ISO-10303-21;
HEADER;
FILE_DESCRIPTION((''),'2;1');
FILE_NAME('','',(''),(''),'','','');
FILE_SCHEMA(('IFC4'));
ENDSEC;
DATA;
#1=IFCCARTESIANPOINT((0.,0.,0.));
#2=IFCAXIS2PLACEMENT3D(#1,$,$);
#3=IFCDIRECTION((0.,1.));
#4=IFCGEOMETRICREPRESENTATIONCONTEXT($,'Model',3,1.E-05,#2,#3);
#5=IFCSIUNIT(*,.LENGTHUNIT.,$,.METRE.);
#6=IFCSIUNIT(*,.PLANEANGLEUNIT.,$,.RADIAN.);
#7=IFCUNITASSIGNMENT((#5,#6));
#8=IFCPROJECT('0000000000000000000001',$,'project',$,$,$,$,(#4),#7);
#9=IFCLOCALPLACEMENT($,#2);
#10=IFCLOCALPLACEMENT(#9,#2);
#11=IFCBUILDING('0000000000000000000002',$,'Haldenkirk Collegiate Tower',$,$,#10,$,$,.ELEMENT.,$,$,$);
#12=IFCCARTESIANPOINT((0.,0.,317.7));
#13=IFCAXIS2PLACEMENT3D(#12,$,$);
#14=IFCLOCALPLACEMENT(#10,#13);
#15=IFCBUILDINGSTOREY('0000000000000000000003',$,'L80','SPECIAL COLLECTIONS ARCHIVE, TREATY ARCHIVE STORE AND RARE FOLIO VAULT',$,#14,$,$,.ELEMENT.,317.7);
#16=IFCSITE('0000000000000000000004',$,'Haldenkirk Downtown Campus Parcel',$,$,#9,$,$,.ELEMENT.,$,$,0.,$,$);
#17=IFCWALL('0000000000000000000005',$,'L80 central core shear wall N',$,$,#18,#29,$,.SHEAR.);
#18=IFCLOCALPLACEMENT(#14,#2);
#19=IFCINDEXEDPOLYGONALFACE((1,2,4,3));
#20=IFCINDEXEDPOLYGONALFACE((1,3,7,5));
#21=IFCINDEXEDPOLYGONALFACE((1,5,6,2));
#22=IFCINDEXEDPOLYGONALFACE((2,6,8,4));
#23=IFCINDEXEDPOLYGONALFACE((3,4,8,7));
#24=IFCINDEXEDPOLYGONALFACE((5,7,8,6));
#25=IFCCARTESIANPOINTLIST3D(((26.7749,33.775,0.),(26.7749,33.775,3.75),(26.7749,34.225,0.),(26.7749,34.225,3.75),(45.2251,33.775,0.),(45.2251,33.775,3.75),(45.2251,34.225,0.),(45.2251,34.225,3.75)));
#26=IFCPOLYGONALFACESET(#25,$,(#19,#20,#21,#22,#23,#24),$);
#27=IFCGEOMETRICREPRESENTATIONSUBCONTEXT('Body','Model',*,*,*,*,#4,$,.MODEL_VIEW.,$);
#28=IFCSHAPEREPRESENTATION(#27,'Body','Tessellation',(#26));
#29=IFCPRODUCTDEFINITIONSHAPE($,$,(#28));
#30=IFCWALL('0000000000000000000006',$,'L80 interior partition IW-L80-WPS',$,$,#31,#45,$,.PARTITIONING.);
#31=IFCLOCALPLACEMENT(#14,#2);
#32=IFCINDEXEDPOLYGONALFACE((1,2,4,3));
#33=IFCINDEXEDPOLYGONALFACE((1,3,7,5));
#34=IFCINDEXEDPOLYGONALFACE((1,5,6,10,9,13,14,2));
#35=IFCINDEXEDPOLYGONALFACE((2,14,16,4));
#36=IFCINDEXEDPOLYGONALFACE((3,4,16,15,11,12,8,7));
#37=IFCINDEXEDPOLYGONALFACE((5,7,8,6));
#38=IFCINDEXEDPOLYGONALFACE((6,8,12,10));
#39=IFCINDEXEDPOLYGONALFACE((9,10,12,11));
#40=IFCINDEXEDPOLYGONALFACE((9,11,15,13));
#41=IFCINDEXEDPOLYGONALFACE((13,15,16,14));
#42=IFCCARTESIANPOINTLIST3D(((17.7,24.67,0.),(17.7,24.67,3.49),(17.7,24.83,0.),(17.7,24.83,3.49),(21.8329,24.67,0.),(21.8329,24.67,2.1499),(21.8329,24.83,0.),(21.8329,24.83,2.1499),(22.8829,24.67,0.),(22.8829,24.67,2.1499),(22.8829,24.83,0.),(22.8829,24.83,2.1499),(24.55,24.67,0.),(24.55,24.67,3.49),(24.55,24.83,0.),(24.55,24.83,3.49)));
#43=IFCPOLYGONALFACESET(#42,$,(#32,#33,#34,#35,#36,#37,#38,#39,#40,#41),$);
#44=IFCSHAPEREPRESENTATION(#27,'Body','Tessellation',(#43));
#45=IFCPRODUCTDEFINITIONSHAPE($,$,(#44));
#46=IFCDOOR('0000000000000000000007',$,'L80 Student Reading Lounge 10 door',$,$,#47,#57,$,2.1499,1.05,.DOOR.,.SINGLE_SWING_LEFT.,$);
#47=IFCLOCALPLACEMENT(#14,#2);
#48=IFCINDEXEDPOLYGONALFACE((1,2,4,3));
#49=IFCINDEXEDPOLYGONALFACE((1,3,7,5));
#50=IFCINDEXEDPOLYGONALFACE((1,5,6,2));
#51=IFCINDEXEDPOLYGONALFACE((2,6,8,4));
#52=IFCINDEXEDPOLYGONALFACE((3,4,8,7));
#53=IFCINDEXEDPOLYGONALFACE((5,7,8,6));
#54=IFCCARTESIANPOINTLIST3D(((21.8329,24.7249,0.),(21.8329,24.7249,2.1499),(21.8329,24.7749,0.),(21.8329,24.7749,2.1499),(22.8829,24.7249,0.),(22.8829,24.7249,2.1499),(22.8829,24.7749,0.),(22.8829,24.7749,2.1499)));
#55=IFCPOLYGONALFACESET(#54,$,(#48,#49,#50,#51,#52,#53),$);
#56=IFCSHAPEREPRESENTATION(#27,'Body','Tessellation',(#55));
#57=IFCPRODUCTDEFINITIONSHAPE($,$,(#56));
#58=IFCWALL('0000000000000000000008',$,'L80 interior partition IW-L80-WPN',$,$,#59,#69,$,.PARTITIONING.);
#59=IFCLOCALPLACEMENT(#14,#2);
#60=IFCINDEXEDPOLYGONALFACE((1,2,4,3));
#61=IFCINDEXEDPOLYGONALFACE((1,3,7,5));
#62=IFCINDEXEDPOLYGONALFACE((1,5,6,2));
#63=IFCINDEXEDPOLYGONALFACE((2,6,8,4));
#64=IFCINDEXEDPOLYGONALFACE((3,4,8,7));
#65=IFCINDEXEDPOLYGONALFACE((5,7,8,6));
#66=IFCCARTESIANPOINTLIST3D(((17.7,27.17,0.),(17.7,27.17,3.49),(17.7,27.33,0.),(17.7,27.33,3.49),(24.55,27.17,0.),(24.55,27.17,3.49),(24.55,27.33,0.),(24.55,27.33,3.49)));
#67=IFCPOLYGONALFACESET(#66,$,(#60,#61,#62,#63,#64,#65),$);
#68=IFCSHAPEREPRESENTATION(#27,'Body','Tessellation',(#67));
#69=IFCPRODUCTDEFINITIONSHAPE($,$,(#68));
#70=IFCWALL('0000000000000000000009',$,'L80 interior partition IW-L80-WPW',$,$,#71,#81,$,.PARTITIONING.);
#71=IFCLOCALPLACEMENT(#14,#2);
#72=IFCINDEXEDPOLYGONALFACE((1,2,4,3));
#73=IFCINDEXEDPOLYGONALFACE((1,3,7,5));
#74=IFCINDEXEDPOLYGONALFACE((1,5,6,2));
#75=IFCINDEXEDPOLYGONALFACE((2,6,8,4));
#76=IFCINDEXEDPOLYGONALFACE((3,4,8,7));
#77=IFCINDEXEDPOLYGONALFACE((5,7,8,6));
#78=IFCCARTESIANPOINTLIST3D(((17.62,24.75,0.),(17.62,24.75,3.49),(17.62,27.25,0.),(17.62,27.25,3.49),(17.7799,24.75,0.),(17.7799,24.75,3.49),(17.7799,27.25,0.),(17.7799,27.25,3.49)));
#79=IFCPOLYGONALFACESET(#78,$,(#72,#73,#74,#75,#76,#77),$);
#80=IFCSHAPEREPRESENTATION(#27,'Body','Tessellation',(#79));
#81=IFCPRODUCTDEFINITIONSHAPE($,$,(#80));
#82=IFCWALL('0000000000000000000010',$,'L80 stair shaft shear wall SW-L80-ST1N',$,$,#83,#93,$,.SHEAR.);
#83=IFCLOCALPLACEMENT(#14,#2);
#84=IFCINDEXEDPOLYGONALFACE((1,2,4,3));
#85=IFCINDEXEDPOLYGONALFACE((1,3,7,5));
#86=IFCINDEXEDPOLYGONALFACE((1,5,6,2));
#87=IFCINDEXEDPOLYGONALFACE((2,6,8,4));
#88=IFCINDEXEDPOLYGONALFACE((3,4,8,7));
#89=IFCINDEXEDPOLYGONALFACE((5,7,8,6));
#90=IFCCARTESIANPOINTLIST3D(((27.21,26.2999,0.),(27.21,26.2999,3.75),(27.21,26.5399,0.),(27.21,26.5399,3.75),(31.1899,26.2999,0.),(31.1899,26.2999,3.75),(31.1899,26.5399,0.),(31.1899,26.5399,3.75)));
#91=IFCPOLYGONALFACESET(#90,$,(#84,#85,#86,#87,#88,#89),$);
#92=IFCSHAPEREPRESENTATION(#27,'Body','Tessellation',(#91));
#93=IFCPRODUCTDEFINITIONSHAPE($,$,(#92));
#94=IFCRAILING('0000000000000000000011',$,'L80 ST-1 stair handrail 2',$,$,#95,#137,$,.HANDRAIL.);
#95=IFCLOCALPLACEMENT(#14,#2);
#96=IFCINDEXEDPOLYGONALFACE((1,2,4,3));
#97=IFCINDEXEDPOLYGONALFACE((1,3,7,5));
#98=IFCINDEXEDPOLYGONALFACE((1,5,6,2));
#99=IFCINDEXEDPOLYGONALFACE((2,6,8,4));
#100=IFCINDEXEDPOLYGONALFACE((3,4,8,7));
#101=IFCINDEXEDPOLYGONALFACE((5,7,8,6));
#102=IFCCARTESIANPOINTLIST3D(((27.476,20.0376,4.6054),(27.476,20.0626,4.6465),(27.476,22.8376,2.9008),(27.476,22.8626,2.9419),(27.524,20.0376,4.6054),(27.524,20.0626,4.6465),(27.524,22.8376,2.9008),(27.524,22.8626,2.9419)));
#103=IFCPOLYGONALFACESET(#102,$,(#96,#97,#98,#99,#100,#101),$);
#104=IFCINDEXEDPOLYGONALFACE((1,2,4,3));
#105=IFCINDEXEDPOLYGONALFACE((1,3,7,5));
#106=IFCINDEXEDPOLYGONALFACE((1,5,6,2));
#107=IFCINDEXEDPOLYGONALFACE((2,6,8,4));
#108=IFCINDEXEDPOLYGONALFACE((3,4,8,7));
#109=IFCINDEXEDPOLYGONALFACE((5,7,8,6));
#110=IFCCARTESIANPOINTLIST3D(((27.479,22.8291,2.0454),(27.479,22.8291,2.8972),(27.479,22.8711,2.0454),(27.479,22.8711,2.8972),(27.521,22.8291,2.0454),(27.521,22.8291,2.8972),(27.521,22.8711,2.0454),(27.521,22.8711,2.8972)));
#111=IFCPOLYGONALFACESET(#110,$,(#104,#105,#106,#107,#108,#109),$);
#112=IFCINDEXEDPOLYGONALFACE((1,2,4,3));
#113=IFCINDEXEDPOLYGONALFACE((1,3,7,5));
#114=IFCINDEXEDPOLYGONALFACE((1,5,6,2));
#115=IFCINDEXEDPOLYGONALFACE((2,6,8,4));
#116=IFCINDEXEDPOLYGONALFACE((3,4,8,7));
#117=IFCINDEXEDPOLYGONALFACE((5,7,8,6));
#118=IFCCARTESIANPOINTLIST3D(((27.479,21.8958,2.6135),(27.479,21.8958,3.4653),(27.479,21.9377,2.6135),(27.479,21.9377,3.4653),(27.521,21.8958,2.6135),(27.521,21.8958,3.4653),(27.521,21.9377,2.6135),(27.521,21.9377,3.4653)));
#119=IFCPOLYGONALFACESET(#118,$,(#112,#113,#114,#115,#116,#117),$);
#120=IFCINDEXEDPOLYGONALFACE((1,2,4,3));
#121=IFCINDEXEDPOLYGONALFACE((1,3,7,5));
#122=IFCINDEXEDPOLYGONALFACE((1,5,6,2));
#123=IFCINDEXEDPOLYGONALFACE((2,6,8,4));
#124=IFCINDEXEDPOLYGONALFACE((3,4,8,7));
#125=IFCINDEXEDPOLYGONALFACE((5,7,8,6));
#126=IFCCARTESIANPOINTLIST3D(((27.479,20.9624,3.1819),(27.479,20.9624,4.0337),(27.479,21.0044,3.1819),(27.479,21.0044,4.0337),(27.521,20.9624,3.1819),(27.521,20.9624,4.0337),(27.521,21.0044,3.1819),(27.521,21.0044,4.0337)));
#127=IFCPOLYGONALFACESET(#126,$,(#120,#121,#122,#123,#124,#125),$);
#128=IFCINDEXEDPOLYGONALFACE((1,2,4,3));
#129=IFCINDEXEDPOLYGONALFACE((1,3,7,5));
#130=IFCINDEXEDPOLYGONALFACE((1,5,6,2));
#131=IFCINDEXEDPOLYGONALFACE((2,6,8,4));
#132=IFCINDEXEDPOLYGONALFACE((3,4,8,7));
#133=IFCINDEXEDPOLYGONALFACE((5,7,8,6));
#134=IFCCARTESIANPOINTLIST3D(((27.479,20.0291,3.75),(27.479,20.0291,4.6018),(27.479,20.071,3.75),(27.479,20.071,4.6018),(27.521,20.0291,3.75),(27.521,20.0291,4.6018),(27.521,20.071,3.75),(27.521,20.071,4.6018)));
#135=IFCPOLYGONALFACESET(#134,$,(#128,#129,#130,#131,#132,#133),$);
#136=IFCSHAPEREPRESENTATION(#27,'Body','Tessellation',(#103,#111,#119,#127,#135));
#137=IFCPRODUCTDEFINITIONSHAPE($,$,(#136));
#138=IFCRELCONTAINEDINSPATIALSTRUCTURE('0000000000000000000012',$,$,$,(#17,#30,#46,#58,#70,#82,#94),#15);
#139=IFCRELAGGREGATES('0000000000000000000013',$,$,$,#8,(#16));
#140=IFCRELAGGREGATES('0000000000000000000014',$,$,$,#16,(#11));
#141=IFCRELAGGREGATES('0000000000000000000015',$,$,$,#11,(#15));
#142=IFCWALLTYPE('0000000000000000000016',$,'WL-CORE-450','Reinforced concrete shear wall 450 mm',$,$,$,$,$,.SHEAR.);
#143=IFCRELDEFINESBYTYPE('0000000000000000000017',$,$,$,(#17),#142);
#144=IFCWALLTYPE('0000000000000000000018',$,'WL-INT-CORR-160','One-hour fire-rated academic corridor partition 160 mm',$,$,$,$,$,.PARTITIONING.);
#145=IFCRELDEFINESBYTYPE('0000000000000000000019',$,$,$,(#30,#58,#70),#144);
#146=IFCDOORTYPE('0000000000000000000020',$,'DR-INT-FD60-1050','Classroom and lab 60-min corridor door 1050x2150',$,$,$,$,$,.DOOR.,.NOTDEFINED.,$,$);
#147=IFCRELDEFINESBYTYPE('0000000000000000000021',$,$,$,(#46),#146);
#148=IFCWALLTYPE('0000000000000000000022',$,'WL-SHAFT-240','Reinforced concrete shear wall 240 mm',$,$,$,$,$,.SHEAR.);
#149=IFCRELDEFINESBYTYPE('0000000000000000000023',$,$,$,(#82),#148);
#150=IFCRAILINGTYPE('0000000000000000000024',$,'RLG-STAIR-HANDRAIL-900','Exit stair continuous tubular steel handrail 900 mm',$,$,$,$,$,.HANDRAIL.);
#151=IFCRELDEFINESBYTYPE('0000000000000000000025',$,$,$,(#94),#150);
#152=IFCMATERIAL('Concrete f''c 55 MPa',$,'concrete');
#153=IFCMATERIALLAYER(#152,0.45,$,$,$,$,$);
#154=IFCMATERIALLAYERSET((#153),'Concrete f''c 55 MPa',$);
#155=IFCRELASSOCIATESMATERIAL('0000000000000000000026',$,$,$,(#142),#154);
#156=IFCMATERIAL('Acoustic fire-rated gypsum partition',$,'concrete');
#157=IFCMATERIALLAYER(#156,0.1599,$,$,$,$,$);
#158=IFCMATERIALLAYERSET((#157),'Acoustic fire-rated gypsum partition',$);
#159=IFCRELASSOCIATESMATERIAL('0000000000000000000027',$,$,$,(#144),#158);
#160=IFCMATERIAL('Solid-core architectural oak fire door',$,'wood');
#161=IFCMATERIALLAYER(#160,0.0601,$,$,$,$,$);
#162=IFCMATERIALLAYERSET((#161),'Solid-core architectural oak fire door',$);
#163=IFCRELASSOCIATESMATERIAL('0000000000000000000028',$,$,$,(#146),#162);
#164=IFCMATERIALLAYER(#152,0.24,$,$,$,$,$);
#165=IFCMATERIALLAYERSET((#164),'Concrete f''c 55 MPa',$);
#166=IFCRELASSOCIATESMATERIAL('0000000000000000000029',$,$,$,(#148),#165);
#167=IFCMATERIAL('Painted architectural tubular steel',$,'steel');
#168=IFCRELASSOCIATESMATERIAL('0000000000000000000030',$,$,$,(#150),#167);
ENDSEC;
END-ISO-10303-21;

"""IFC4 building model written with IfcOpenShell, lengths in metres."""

from ifc_helpers import new_model, si_unit, direction, frame, frame_2d, origin, origin_2d, place, context, subcontext, project, spatial, rectangle, extrude, material, layer, layer_set, type_object, element, fill, save


model = new_model("IFC4")

# Units and contexts
model_context = context("Model", 3, precision=1e-05, world=origin(), true_north=direction((0.0, 1.0)))
body_context = subcontext(model_context, "Body", "Model", "MODEL_VIEW")
ifc_project = project(units=[si_unit("LENGTHUNIT", "METRE"), si_unit("PLANEANGLEUNIT", "RADIAN")], contexts=[model_context])

# Site, building, storey
site_placement = place(None, origin())
site = spatial("IfcSite", under=ifc_project, at=site_placement, Name="Haldenkirk Downtown Campus Parcel", CompositionType="ELEMENT", RefElevation=0.0)
building_placement = place(site_placement, origin())
building = spatial("IfcBuilding", under=site, at=building_placement, Name="Haldenkirk Collegiate Tower", CompositionType="ELEMENT")
storey_placement = place(building_placement, frame((0.0, 0.0, 317.7)))
storey = spatial("IfcBuildingStorey", under=building, at=storey_placement, Name="L80", Description="SPECIAL COLLECTIONS ARCHIVE, TREATY ARCHIVE STORE AND RARE FOLIO VAULT", CompositionType="ELEMENT", Elevation=317.7)

# Wall
ifc_material_1 = material(Name="Concrete f'c 55 MPa", Category="concrete")
ifc_layer_1 = layer(ifc_material_1, 0.45)
ifc_layer_set_1 = layer_set([ifc_layer_1], Name="Concrete f'c 55 MPa")
wall_type_1 = type_object("IfcWallType", Name="WL-CORE-450", Description="Reinforced concrete shear wall 450 mm", PredefinedType="SHEAR", material=ifc_layer_set_1)
wall_1_placement = place(storey_placement, frame((26.7749, 34.0, 0.0), z_axis=(0.0, 0.0, 1.0), x_axis=(1.0, 0.0, 0.0)))
element("IfcWall", 1, at=wall_1_placement, inside=storey, type_object=wall_type_1, Name="L80 central core shear wall N", PredefinedType="SHEAR", context=body_context, shape_type="SweptSolid", body=[
    extrude(rectangle(XDim=18.4502, YDim=0.45, at=frame_2d((9.2251, 0.0))), origin(), (0.0, 0.0, 1.0), 3.75),
])

# Shared definitions
ifc_material_2 = material(Name="Acoustic fire-rated gypsum partition", Category="concrete")
ifc_layer_2 = layer(ifc_material_2, 0.1599)
ifc_layer_set_2 = layer_set([ifc_layer_2], Name="Acoustic fire-rated gypsum partition")
wall_type_2 = type_object("IfcWallType", Name="WL-INT-CORR-160", Description="One-hour fire-rated academic corridor partition 160 mm", PredefinedType="PARTITIONING", material=ifc_layer_set_2)
ifc_material_3 = material(Name="Solid-core architectural oak fire door", Category="wood")
ifc_layer_3 = layer(ifc_material_3, 0.0601)
ifc_layer_set_3 = layer_set([ifc_layer_3], Name="Solid-core architectural oak fire door")
door_type_1 = type_object("IfcDoorType", Name="DR-INT-FD60-1050", Description="Classroom and lab 60-min corridor door 1050x2150", OperationType="NOTDEFINED", PredefinedType="DOOR", material=ifc_layer_set_3)

# Wall, opening, door
wall_2_placement = place(storey_placement, frame((17.7, 24.75, 0.0), z_axis=(0.0, 0.0, 1.0), x_axis=(1.0, 0.0, 0.0)))
wall_2 = element("IfcWall", 2, at=wall_2_placement, inside=storey, type_object=wall_type_2, Name="L80 interior partition IW-L80-WPS", PredefinedType="PARTITIONING", context=body_context, shape_type="SweptSolid", body=[
    extrude(rectangle(XDim=6.8501, YDim=0.1599, at=frame_2d((3.425, 0.0))), origin(), (0.0, 0.0, 1.0), 3.49),
])
opening_1_placement = place(wall_2_placement, frame((4.1331, 0.0, 0.0)))
opening_1 = element("IfcOpeningElement", 3, at=opening_1_placement, cuts=wall_2, PredefinedType="OPENING", context=body_context, shape_type="SweptSolid", body=[
    extrude(rectangle(XDim=1.05, YDim=2.1499, at=frame_2d((0.5249, 1.075))), frame((0.0, 0.0898, 0.0), z_axis=(0.0, -1.0, 0.0), x_axis=(1.0, 0.0, 0.0)), (0.0, 0.0, 1.0), 0.1799),
])
door_1_placement = place(opening_1_placement, origin())
door_1 = element("IfcDoor", 4, at=door_1_placement, inside=storey, type_object=door_type_1, Name="L80 Student Reading Lounge 10 door", OperationType="SINGLE_SWING_LEFT", OverallHeight=2.1499, OverallWidth=1.05, PredefinedType="DOOR", context=body_context, shape_type="SweptSolid", body=[
    extrude(rectangle(XDim=1.05, YDim=2.1499, at=frame_2d((0.5249, 1.075))), frame((0.0, 0.0249, 0.0), z_axis=(0.0, -1.0, 0.0), x_axis=(1.0, 0.0, 0.0)), (0.0, 0.0, 1.0), 0.05),
])
fill(opening_1, door_1)

# Walls
wall_3_placement = place(storey_placement, frame((17.7, 27.25, 0.0), z_axis=(0.0, 0.0, 1.0), x_axis=(1.0, 0.0, 0.0)))
element("IfcWall", 5, at=wall_3_placement, inside=storey, type_object=wall_type_2, Name="L80 interior partition IW-L80-WPN", PredefinedType="PARTITIONING", context=body_context, shape_type="SweptSolid", body=[
    extrude(rectangle(XDim=6.8501, YDim=0.1599, at=frame_2d((3.425, 0.0))), origin(), (0.0, 0.0, 1.0), 3.49),
])
wall_4_placement = place(storey_placement, frame((17.7, 24.75, 0.0), z_axis=(0.0, 0.0, 1.0), x_axis=(0.0, 1.0, 0.0)))
element("IfcWall", 6, at=wall_4_placement, inside=storey, type_object=wall_type_2, Name="L80 interior partition IW-L80-WPW", PredefinedType="PARTITIONING", context=body_context, shape_type="SweptSolid", body=[
    extrude(rectangle(XDim=2.5, YDim=0.1599, at=frame_2d((1.25, 0.0))), origin(), (0.0, 0.0, 1.0), 3.49),
])
ifc_layer_4 = layer(ifc_material_1, 0.24)
ifc_layer_set_4 = layer_set([ifc_layer_4], Name="Concrete f'c 55 MPa")
wall_type_3 = type_object("IfcWallType", Name="WL-SHAFT-240", Description="Reinforced concrete shear wall 240 mm", PredefinedType="SHEAR", material=ifc_layer_set_4)
wall_5_placement = place(storey_placement, frame((27.21, 26.4199, 0.0), z_axis=(0.0, 0.0, 1.0), x_axis=(1.0, 0.0, 0.0)))
element("IfcWall", 7, at=wall_5_placement, inside=storey, type_object=wall_type_3, Name="L80 stair shaft shear wall SW-L80-ST1N", PredefinedType="SHEAR", context=body_context, shape_type="SweptSolid", body=[
    extrude(rectangle(XDim=3.98, YDim=0.24, at=frame_2d((1.99, 0.0))), origin(), (0.0, 0.0, 1.0), 3.75),
])

# Railing
ifc_material_4 = material(Name="Painted architectural tubular steel", Category="steel")
railing_type = type_object("IfcRailingType", Name="RLG-STAIR-HANDRAIL-900", Description="Exit stair continuous tubular steel handrail 900 mm", PredefinedType="HANDRAIL", material=ifc_material_4)
railing_placement = place(storey_placement, frame((27.5, 22.8501, 2.0454)))
element("IfcRailing", 8, at=railing_placement, inside=storey, type_object=railing_type, Name="L80 ST-1 stair handrail 2", PredefinedType="HANDRAIL", context=body_context, shape_type="SweptSolid", body=[
    extrude(rectangle(XDim=0.0481, YDim=0.0481, at=origin_2d()), frame((0.0, 0.0, 0.876), z_axis=(0.0, -0.85417, 0.519994), x_axis=(1.0, 0.0, 0.0)), (0.0, 0.0, 1.0), 3.2781),
    extrude(rectangle(XDim=0.042, YDim=0.042, at=origin_2d()), origin(), (0.0, 0.0, 1.0), 0.8518),
    extrude(rectangle(XDim=0.042, YDim=0.042, at=origin_2d()), frame((0.0, -0.9333, 0.5681)), (0.0, 0.0, 1.0), 0.8518),
    extrude(rectangle(XDim=0.042, YDim=0.042, at=origin_2d()), frame((0.0, -1.8667, 1.1365)), (0.0, 0.0, 1.0), 0.8518),
    extrude(rectangle(XDim=0.042, YDim=0.042, at=origin_2d()), frame((0.0, -2.8, 1.7046)), (0.0, 0.0, 1.0), 0.8518),
])

save(model, "model.ifc")
